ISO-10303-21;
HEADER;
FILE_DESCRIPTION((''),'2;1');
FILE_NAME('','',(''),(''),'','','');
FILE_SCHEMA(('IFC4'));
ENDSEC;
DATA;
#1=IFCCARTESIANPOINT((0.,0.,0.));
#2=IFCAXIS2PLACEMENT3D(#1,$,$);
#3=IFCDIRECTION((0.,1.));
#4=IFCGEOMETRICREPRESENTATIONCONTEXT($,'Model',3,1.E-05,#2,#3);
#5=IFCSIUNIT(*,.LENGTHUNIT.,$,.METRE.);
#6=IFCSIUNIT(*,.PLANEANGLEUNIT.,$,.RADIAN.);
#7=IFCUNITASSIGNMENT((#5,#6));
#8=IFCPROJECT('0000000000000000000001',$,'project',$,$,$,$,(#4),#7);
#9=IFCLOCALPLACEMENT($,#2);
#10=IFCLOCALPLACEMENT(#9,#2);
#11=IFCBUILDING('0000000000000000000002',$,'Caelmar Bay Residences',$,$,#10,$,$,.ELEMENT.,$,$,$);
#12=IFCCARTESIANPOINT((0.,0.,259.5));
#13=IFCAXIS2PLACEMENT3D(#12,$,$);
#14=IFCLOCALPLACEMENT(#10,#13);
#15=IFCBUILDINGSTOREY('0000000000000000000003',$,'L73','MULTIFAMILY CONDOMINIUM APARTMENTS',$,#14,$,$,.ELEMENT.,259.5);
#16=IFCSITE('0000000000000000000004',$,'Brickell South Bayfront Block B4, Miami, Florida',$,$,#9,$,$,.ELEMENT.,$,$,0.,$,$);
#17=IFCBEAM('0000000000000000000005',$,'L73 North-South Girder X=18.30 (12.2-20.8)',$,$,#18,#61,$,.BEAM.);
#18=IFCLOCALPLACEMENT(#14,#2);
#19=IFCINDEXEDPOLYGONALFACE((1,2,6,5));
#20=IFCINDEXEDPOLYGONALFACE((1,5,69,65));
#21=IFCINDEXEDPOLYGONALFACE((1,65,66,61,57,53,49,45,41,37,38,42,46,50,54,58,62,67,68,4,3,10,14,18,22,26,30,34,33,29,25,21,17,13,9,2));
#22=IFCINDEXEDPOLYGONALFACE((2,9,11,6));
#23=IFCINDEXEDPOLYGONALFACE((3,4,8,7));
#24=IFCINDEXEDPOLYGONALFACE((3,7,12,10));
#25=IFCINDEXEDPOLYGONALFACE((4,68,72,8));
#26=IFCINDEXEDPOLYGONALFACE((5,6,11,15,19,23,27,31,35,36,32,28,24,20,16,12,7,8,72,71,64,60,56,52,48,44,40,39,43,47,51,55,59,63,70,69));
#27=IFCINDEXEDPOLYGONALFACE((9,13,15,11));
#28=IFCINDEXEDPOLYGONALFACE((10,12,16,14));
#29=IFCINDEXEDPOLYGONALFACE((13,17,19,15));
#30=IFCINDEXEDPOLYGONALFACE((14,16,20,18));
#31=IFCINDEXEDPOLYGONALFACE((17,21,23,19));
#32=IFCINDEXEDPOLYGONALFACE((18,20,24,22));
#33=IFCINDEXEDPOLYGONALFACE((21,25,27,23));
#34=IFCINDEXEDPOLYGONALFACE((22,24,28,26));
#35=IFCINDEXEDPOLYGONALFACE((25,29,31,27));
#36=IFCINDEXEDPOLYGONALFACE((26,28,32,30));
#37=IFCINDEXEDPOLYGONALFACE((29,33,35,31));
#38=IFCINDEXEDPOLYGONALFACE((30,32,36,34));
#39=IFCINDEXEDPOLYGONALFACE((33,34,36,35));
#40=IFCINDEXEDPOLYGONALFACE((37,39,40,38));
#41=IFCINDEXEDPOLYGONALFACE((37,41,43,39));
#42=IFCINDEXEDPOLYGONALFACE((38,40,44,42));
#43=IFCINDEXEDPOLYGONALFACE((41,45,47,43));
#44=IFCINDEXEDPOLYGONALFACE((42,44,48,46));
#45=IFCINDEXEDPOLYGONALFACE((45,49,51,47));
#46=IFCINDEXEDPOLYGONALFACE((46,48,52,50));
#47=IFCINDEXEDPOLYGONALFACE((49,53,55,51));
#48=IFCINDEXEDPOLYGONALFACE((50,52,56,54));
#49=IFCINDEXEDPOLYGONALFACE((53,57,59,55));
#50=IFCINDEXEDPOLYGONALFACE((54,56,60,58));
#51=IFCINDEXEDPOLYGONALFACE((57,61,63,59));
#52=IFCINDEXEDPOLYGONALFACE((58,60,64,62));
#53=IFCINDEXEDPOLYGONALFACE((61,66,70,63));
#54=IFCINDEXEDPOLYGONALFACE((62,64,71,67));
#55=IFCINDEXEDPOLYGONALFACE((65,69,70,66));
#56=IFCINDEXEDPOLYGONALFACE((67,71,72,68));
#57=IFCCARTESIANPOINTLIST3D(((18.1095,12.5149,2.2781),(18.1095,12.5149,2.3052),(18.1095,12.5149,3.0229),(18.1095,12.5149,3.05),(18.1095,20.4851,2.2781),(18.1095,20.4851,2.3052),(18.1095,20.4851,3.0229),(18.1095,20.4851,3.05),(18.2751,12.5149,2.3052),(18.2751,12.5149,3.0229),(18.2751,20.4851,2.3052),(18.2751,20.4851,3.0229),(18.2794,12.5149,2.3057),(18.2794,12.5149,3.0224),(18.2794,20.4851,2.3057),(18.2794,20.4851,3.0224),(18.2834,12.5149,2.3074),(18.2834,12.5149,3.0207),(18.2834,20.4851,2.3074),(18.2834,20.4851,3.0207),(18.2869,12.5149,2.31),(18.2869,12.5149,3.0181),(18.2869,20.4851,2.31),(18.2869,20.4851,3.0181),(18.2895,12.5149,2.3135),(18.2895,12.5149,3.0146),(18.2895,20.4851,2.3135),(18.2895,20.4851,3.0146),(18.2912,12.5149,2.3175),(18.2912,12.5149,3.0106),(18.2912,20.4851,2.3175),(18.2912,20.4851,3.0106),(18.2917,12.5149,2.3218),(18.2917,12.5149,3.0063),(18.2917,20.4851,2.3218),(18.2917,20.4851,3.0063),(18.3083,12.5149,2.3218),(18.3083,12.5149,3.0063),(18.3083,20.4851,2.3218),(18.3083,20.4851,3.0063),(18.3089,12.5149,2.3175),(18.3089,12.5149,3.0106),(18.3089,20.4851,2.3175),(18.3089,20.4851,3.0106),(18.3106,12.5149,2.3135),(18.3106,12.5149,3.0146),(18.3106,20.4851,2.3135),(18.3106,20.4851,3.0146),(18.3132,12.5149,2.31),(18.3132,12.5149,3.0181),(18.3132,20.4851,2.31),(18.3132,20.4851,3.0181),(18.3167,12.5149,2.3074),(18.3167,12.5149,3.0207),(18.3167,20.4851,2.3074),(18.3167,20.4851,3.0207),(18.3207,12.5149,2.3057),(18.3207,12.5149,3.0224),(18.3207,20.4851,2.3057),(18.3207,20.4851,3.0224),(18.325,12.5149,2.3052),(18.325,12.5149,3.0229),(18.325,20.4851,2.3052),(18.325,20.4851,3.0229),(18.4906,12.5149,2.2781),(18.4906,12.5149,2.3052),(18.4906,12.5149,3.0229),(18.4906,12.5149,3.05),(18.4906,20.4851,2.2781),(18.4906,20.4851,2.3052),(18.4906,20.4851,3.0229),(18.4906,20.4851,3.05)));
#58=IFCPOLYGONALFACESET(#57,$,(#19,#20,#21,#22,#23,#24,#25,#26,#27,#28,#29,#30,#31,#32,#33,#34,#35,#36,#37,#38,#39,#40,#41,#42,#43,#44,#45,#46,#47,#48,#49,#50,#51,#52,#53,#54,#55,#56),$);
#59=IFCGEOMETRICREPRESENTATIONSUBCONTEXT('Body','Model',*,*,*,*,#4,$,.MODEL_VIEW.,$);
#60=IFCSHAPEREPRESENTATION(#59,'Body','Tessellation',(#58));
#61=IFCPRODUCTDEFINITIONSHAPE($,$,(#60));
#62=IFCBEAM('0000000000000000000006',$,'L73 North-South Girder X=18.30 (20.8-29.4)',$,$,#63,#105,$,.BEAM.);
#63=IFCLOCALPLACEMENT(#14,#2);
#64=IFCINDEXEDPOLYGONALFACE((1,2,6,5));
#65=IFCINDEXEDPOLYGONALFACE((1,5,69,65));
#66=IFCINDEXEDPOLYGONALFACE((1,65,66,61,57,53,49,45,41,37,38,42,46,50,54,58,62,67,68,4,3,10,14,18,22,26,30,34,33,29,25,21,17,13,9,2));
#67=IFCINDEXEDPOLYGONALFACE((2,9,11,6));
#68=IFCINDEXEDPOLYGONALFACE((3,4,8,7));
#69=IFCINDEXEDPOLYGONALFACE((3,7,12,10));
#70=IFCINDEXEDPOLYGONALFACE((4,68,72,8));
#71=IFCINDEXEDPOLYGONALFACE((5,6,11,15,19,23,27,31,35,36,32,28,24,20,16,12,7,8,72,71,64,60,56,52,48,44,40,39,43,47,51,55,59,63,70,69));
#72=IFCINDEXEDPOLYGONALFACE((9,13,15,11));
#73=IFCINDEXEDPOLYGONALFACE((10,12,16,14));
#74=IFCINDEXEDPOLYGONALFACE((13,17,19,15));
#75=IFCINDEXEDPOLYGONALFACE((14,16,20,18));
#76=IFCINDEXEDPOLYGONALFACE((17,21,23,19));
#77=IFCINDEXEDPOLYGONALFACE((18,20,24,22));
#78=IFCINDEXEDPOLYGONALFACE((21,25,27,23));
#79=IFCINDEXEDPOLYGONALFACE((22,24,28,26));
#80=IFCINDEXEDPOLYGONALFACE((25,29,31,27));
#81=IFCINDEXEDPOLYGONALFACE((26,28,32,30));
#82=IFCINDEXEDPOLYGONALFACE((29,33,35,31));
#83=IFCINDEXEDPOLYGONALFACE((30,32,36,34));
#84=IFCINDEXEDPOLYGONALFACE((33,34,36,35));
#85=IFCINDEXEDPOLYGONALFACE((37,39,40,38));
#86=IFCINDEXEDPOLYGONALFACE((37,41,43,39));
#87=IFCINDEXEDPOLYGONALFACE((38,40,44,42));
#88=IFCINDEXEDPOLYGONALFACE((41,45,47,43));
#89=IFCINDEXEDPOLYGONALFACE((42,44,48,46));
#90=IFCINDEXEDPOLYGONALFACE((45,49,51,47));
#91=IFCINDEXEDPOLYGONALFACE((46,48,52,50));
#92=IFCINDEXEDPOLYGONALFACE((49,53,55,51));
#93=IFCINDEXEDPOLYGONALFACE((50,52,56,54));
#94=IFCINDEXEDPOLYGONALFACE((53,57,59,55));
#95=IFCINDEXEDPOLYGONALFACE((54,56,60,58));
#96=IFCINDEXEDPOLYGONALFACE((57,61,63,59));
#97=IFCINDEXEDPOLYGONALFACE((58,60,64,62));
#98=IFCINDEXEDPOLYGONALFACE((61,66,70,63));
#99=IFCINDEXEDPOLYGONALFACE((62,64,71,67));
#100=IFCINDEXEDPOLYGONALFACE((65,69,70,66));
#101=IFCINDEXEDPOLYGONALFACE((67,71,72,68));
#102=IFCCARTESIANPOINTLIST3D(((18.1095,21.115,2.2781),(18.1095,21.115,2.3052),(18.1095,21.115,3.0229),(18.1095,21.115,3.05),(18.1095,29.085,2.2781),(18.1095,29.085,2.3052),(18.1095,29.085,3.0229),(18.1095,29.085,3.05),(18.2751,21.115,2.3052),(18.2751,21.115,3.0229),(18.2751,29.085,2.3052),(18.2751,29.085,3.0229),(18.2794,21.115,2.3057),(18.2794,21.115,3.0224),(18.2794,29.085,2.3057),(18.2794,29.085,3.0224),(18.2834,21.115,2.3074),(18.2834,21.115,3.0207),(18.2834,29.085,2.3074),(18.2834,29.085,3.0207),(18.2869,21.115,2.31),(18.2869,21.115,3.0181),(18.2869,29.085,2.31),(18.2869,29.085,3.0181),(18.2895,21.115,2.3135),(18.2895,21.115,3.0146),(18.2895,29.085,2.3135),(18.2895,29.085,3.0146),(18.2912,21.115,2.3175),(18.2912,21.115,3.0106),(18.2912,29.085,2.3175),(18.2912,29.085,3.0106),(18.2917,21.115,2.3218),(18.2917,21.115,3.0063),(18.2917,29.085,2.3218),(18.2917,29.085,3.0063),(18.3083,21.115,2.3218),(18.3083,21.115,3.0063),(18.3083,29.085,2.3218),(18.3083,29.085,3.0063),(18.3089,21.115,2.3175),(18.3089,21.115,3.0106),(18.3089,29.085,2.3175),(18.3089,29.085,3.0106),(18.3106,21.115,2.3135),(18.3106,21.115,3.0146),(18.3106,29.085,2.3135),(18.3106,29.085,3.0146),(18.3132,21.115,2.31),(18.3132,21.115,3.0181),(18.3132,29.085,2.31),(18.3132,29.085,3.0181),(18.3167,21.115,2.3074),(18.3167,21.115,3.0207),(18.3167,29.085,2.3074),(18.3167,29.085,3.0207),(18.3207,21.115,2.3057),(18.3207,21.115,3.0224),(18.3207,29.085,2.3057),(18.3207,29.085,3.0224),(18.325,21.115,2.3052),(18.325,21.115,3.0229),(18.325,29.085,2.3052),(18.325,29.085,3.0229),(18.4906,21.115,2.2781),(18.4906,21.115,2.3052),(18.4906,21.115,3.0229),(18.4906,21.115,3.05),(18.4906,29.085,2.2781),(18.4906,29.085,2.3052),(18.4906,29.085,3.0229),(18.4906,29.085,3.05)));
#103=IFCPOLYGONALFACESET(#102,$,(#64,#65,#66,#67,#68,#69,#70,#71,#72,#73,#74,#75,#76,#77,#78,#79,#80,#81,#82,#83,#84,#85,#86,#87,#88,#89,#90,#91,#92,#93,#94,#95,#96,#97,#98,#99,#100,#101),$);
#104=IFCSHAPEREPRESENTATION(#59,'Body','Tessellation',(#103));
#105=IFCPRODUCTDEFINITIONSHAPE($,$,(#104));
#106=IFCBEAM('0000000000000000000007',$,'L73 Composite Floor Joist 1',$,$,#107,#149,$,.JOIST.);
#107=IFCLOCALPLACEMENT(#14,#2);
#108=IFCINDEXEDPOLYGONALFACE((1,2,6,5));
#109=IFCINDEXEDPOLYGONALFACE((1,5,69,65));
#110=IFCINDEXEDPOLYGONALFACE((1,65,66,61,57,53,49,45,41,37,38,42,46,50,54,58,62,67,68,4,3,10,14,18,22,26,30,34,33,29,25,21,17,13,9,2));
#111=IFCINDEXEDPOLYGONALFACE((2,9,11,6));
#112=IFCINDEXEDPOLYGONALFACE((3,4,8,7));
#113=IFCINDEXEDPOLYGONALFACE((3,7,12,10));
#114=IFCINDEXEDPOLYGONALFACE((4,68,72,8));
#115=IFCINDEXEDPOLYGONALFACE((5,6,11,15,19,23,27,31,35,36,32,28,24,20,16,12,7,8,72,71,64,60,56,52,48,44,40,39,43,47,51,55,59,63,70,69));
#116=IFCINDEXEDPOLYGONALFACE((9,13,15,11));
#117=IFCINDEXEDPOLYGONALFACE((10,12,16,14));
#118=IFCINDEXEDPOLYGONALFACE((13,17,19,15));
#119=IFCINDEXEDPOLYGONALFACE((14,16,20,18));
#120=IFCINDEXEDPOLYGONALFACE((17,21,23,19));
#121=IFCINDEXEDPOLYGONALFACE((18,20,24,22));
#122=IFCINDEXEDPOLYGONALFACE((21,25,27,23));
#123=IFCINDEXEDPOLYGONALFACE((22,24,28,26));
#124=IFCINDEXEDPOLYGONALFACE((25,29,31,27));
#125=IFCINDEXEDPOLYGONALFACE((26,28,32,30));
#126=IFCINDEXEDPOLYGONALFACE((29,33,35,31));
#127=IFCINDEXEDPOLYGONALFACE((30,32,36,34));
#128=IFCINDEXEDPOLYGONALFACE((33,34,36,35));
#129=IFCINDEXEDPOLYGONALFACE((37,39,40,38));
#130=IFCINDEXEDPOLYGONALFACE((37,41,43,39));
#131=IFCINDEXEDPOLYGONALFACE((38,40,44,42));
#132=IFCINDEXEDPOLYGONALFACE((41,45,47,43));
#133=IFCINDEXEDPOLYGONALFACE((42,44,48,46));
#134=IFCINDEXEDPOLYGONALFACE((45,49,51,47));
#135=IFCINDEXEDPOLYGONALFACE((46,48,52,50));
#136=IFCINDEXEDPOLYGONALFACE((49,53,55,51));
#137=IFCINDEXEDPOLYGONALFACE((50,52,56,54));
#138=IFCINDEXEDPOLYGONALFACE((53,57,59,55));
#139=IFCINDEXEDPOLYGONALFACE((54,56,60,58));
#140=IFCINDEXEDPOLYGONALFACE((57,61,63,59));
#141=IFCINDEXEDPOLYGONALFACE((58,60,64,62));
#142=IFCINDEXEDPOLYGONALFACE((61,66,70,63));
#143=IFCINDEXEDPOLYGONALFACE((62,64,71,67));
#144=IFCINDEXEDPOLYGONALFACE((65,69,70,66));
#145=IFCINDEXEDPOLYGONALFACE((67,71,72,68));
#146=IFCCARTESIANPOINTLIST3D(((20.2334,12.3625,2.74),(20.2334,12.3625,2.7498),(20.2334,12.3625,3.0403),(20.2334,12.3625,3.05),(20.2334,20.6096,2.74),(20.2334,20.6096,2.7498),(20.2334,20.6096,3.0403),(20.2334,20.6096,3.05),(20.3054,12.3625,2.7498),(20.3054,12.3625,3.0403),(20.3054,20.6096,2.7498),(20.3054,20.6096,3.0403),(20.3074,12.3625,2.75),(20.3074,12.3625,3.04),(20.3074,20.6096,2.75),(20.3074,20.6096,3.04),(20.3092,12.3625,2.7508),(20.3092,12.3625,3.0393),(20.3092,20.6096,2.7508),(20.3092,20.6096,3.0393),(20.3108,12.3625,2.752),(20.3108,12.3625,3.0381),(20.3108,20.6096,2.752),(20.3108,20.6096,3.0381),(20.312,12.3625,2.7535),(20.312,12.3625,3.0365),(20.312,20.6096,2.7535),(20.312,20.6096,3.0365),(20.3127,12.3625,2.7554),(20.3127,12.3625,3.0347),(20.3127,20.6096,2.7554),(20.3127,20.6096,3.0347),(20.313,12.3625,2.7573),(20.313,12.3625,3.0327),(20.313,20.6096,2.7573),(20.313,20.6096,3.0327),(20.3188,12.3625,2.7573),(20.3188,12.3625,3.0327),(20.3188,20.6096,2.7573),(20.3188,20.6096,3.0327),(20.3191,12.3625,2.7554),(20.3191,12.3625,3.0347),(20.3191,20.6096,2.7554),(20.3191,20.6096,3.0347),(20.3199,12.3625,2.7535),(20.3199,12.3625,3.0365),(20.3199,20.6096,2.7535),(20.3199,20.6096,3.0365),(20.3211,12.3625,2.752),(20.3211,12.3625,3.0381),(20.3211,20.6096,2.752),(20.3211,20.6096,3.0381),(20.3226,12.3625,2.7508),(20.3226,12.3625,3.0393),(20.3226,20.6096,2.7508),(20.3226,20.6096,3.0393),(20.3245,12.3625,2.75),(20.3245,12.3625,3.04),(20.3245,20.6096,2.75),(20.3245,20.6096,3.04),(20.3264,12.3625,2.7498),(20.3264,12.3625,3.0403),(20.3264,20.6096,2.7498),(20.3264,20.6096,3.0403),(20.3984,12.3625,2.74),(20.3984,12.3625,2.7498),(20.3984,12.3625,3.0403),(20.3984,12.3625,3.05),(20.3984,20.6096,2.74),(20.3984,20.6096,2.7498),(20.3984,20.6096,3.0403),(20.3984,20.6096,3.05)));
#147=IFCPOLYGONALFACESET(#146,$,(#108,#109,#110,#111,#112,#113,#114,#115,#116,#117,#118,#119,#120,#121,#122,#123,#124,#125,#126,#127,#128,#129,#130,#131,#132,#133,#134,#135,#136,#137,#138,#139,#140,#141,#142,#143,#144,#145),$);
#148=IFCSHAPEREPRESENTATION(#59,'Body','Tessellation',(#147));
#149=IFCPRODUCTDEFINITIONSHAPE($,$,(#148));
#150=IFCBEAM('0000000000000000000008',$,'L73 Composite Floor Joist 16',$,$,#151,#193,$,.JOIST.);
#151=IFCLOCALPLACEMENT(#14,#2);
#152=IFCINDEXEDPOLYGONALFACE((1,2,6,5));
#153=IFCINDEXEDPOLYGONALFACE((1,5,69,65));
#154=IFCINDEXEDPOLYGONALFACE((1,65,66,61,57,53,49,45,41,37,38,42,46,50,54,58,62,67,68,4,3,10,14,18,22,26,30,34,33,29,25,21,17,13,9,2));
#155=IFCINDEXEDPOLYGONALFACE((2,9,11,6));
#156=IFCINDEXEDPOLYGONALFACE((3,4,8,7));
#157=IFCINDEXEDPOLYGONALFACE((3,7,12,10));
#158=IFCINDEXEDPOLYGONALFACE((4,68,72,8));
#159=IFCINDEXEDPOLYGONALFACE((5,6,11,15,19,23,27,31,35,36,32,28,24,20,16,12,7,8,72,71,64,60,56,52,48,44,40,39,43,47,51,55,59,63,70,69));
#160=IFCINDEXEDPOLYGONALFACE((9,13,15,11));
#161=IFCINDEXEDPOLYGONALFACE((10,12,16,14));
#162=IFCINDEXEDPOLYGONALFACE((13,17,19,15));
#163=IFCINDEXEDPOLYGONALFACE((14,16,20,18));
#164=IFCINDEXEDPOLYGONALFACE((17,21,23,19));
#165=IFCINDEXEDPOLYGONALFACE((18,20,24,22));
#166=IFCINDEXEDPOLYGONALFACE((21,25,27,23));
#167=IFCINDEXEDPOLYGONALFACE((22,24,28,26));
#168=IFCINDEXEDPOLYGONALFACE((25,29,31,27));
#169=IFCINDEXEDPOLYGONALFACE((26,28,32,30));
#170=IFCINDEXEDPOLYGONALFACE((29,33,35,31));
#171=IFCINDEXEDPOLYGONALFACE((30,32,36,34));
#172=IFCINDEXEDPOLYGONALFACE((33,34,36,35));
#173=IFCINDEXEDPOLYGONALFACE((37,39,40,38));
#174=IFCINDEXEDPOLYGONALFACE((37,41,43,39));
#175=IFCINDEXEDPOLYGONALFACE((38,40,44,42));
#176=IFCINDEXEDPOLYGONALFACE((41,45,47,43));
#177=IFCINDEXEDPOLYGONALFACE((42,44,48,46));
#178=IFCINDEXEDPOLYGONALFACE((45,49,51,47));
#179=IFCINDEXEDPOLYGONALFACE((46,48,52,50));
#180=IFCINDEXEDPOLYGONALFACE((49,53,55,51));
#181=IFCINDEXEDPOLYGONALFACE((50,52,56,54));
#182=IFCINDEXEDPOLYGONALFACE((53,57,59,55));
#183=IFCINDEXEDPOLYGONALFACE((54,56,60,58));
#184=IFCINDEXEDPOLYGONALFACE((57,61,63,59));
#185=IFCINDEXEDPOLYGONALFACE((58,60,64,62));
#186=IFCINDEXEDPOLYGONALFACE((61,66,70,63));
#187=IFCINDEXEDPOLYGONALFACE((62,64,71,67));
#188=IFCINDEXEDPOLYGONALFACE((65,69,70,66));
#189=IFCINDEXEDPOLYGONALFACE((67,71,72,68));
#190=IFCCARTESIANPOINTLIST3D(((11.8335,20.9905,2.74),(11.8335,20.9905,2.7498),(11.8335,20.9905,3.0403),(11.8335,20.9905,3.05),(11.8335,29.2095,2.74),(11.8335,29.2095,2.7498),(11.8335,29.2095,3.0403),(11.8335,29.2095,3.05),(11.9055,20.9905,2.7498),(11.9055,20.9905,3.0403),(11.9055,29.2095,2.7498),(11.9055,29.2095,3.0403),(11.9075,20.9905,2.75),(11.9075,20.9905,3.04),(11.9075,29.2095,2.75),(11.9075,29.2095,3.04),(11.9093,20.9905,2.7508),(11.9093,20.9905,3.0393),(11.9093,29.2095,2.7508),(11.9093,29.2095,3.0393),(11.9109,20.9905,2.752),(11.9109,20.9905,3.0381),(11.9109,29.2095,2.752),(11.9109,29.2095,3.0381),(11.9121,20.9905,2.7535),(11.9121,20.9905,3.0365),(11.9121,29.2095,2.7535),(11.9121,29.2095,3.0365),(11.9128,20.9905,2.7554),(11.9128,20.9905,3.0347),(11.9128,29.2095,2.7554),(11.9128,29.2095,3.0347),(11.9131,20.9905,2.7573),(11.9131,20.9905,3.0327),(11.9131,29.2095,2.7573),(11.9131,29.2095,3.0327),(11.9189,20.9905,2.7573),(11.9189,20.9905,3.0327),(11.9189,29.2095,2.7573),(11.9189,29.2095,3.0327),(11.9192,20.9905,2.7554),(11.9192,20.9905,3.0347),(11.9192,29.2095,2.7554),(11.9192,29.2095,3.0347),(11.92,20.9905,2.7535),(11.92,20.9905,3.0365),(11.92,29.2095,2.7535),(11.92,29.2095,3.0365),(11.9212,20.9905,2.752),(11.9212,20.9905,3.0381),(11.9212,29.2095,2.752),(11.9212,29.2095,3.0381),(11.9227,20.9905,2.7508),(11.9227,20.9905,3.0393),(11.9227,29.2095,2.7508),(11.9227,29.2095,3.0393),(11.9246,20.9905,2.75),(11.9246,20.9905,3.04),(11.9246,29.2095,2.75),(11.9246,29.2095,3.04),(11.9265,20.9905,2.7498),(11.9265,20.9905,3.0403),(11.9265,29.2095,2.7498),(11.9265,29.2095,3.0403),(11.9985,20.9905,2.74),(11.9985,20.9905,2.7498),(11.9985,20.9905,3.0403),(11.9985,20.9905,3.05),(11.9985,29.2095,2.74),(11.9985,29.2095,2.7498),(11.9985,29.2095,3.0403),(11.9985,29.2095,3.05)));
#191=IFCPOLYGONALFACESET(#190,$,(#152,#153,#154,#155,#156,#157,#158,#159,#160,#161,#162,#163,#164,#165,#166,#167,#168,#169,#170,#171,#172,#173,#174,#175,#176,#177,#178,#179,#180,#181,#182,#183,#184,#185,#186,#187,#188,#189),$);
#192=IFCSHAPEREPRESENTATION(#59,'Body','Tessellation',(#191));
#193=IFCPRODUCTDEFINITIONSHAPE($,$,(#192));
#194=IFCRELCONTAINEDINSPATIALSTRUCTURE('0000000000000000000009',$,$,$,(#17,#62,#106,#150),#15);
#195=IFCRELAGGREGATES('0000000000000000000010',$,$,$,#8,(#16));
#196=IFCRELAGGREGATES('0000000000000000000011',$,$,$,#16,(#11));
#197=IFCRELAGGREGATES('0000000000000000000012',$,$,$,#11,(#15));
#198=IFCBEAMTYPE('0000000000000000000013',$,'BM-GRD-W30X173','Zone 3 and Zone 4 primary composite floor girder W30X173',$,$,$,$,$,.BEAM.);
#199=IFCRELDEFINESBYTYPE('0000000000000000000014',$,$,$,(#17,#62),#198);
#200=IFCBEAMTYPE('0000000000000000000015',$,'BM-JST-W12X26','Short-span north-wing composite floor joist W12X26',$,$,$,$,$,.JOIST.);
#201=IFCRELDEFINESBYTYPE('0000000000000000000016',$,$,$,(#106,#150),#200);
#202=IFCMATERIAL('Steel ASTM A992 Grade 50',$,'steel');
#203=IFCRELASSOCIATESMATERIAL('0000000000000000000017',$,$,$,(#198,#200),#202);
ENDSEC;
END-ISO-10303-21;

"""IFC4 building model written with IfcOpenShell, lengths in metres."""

from ifc_helpers import new_model, si_unit, direction, frame, origin, origin_2d, place, context, subcontext, project, spatial, i_section, extrude, material, material_profile, profile_set, type_object, element, save


model = new_model("IFC4")

# Units and contexts
model_context = context("Model", 3, precision=1e-05, world=origin(), true_north=direction((0.0, 1.0)))
body_context = subcontext(model_context, "Body", "Model", "MODEL_VIEW")
ifc_project = project(units=[si_unit("LENGTHUNIT", "METRE"), si_unit("PLANEANGLEUNIT", "RADIAN")], contexts=[model_context])

# Site, building, storey
site_placement = place(None, origin())
site = spatial("IfcSite", under=ifc_project, at=site_placement, Name="Brickell South Bayfront Block B4, Miami, Florida", CompositionType="ELEMENT", RefElevation=0.0)
building_placement = place(site_placement, origin())
building = spatial("IfcBuilding", under=site, at=building_placement, Name="Caelmar Bay Residences", CompositionType="ELEMENT")
storey_placement = place(building_placement, frame((0.0, 0.0, 259.5)))
storey = spatial("IfcBuildingStorey", under=building, at=storey_placement, Name="L73", Description="MULTIFAMILY CONDOMINIUM APARTMENTS", CompositionType="ELEMENT", Elevation=259.5)

# Beams
ifc_material_1 = material(Name="Steel ASTM A992 Grade 50", Category="steel")
ifc_material_profile_1 = material_profile(ifc_material_1, i_section(OverallWidth=0.3811, OverallDepth=0.772, WebThickness=0.0166, FlangeThickness=0.0271, FilletRadius=0.0166, at=origin_2d()), Name="W30X173")
ifc_profile_set_1 = profile_set([ifc_material_profile_1], Name="Steel ASTM A992 Grade 50")
beam_type_1 = type_object("IfcBeamType", Name="BM-GRD-W30X173", Description="Zone 3 and Zone 4 primary composite floor girder W30X173", PredefinedType="BEAM", material=ifc_profile_set_1)
beam_1_placement = place(storey_placement, frame((18.3, 12.5149, 2.6641), z_axis=(0.0, 1.0, 0.0), x_axis=(-1.0, 0.0, 0.0)))
element("IfcBeam", 1, at=beam_1_placement, inside=storey, type_object=beam_type_1, Name="L73 North-South Girder X=18.30 (12.2-20.8)", PredefinedType="BEAM", context=body_context, shape_type="SweptSolid", body=[
    extrude(i_section(OverallWidth=0.3811, OverallDepth=0.772, WebThickness=0.0166, FlangeThickness=0.0271, FilletRadius=0.0166, at=origin_2d()), origin(), (0.0, 0.0, 1.0), 7.9702),
])
beam_2_placement = place(storey_placement, frame((18.3, 21.115, 2.6641), z_axis=(0.0, 1.0, 0.0), x_axis=(-1.0, 0.0, 0.0)))
element("IfcBeam", 2, at=beam_2_placement, inside=storey, type_object=beam_type_1, Name="L73 North-South Girder X=18.30 (20.8-29.4)", PredefinedType="BEAM", context=body_context, shape_type="SweptSolid", body=[
    extrude(i_section(OverallWidth=0.3811, OverallDepth=0.772, WebThickness=0.0166, FlangeThickness=0.0271, FilletRadius=0.0166, at=origin_2d()), origin(), (0.0, 0.0, 1.0), 7.97),
])
ifc_material_profile_2 = material_profile(ifc_material_1, i_section(OverallWidth=0.165, OverallDepth=0.3101, WebThickness=0.0059, FlangeThickness=0.0098, FilletRadius=0.0076, at=origin_2d()), Name="W12X26")
ifc_profile_set_2 = profile_set([ifc_material_profile_2], Name="Steel ASTM A992 Grade 50")
beam_type_2 = type_object("IfcBeamType", Name="BM-JST-W12X26", Description="Short-span north-wing composite floor joist W12X26", PredefinedType="JOIST", material=ifc_profile_set_2)
beam_3_placement = place(storey_placement, frame((20.3159, 12.3625, 2.895), z_axis=(0.0, 1.0, 0.0), x_axis=(-1.0, 0.0, 0.0)))
element("IfcBeam", 3, at=beam_3_placement, inside=storey, type_object=beam_type_2, Name="L73 Composite Floor Joist 1", PredefinedType="JOIST", context=body_context, shape_type="SweptSolid", body=[
    extrude(i_section(OverallWidth=0.165, OverallDepth=0.3101, WebThickness=0.0059, FlangeThickness=0.0098, FilletRadius=0.0076, at=origin_2d()), origin(), (0.0, 0.0, 1.0), 8.2471),
])
for number, where, z_axis, x_axis, name in (
    (4, (11.916, 20.9905, 2.895), (0.0, 1.0, 0.0), (-1.0, 0.0, 0.0), "L73 Composite Floor Joist 16"),
):
    element("IfcBeam", number, at=place(storey_placement, frame(where, z_axis=z_axis, x_axis=x_axis)), inside=storey, type_object=beam_type_2, Name=name, PredefinedType="JOIST", context=body_context, shape_type="SweptSolid", body=[
        extrude(i_section(OverallWidth=0.165, OverallDepth=0.3101, WebThickness=0.0059, FlangeThickness=0.0098, FilletRadius=0.0076, at=origin_2d()), origin(), (0.0, 0.0, 1.0), 8.219),
    ])

save(model, "model.ifc")
